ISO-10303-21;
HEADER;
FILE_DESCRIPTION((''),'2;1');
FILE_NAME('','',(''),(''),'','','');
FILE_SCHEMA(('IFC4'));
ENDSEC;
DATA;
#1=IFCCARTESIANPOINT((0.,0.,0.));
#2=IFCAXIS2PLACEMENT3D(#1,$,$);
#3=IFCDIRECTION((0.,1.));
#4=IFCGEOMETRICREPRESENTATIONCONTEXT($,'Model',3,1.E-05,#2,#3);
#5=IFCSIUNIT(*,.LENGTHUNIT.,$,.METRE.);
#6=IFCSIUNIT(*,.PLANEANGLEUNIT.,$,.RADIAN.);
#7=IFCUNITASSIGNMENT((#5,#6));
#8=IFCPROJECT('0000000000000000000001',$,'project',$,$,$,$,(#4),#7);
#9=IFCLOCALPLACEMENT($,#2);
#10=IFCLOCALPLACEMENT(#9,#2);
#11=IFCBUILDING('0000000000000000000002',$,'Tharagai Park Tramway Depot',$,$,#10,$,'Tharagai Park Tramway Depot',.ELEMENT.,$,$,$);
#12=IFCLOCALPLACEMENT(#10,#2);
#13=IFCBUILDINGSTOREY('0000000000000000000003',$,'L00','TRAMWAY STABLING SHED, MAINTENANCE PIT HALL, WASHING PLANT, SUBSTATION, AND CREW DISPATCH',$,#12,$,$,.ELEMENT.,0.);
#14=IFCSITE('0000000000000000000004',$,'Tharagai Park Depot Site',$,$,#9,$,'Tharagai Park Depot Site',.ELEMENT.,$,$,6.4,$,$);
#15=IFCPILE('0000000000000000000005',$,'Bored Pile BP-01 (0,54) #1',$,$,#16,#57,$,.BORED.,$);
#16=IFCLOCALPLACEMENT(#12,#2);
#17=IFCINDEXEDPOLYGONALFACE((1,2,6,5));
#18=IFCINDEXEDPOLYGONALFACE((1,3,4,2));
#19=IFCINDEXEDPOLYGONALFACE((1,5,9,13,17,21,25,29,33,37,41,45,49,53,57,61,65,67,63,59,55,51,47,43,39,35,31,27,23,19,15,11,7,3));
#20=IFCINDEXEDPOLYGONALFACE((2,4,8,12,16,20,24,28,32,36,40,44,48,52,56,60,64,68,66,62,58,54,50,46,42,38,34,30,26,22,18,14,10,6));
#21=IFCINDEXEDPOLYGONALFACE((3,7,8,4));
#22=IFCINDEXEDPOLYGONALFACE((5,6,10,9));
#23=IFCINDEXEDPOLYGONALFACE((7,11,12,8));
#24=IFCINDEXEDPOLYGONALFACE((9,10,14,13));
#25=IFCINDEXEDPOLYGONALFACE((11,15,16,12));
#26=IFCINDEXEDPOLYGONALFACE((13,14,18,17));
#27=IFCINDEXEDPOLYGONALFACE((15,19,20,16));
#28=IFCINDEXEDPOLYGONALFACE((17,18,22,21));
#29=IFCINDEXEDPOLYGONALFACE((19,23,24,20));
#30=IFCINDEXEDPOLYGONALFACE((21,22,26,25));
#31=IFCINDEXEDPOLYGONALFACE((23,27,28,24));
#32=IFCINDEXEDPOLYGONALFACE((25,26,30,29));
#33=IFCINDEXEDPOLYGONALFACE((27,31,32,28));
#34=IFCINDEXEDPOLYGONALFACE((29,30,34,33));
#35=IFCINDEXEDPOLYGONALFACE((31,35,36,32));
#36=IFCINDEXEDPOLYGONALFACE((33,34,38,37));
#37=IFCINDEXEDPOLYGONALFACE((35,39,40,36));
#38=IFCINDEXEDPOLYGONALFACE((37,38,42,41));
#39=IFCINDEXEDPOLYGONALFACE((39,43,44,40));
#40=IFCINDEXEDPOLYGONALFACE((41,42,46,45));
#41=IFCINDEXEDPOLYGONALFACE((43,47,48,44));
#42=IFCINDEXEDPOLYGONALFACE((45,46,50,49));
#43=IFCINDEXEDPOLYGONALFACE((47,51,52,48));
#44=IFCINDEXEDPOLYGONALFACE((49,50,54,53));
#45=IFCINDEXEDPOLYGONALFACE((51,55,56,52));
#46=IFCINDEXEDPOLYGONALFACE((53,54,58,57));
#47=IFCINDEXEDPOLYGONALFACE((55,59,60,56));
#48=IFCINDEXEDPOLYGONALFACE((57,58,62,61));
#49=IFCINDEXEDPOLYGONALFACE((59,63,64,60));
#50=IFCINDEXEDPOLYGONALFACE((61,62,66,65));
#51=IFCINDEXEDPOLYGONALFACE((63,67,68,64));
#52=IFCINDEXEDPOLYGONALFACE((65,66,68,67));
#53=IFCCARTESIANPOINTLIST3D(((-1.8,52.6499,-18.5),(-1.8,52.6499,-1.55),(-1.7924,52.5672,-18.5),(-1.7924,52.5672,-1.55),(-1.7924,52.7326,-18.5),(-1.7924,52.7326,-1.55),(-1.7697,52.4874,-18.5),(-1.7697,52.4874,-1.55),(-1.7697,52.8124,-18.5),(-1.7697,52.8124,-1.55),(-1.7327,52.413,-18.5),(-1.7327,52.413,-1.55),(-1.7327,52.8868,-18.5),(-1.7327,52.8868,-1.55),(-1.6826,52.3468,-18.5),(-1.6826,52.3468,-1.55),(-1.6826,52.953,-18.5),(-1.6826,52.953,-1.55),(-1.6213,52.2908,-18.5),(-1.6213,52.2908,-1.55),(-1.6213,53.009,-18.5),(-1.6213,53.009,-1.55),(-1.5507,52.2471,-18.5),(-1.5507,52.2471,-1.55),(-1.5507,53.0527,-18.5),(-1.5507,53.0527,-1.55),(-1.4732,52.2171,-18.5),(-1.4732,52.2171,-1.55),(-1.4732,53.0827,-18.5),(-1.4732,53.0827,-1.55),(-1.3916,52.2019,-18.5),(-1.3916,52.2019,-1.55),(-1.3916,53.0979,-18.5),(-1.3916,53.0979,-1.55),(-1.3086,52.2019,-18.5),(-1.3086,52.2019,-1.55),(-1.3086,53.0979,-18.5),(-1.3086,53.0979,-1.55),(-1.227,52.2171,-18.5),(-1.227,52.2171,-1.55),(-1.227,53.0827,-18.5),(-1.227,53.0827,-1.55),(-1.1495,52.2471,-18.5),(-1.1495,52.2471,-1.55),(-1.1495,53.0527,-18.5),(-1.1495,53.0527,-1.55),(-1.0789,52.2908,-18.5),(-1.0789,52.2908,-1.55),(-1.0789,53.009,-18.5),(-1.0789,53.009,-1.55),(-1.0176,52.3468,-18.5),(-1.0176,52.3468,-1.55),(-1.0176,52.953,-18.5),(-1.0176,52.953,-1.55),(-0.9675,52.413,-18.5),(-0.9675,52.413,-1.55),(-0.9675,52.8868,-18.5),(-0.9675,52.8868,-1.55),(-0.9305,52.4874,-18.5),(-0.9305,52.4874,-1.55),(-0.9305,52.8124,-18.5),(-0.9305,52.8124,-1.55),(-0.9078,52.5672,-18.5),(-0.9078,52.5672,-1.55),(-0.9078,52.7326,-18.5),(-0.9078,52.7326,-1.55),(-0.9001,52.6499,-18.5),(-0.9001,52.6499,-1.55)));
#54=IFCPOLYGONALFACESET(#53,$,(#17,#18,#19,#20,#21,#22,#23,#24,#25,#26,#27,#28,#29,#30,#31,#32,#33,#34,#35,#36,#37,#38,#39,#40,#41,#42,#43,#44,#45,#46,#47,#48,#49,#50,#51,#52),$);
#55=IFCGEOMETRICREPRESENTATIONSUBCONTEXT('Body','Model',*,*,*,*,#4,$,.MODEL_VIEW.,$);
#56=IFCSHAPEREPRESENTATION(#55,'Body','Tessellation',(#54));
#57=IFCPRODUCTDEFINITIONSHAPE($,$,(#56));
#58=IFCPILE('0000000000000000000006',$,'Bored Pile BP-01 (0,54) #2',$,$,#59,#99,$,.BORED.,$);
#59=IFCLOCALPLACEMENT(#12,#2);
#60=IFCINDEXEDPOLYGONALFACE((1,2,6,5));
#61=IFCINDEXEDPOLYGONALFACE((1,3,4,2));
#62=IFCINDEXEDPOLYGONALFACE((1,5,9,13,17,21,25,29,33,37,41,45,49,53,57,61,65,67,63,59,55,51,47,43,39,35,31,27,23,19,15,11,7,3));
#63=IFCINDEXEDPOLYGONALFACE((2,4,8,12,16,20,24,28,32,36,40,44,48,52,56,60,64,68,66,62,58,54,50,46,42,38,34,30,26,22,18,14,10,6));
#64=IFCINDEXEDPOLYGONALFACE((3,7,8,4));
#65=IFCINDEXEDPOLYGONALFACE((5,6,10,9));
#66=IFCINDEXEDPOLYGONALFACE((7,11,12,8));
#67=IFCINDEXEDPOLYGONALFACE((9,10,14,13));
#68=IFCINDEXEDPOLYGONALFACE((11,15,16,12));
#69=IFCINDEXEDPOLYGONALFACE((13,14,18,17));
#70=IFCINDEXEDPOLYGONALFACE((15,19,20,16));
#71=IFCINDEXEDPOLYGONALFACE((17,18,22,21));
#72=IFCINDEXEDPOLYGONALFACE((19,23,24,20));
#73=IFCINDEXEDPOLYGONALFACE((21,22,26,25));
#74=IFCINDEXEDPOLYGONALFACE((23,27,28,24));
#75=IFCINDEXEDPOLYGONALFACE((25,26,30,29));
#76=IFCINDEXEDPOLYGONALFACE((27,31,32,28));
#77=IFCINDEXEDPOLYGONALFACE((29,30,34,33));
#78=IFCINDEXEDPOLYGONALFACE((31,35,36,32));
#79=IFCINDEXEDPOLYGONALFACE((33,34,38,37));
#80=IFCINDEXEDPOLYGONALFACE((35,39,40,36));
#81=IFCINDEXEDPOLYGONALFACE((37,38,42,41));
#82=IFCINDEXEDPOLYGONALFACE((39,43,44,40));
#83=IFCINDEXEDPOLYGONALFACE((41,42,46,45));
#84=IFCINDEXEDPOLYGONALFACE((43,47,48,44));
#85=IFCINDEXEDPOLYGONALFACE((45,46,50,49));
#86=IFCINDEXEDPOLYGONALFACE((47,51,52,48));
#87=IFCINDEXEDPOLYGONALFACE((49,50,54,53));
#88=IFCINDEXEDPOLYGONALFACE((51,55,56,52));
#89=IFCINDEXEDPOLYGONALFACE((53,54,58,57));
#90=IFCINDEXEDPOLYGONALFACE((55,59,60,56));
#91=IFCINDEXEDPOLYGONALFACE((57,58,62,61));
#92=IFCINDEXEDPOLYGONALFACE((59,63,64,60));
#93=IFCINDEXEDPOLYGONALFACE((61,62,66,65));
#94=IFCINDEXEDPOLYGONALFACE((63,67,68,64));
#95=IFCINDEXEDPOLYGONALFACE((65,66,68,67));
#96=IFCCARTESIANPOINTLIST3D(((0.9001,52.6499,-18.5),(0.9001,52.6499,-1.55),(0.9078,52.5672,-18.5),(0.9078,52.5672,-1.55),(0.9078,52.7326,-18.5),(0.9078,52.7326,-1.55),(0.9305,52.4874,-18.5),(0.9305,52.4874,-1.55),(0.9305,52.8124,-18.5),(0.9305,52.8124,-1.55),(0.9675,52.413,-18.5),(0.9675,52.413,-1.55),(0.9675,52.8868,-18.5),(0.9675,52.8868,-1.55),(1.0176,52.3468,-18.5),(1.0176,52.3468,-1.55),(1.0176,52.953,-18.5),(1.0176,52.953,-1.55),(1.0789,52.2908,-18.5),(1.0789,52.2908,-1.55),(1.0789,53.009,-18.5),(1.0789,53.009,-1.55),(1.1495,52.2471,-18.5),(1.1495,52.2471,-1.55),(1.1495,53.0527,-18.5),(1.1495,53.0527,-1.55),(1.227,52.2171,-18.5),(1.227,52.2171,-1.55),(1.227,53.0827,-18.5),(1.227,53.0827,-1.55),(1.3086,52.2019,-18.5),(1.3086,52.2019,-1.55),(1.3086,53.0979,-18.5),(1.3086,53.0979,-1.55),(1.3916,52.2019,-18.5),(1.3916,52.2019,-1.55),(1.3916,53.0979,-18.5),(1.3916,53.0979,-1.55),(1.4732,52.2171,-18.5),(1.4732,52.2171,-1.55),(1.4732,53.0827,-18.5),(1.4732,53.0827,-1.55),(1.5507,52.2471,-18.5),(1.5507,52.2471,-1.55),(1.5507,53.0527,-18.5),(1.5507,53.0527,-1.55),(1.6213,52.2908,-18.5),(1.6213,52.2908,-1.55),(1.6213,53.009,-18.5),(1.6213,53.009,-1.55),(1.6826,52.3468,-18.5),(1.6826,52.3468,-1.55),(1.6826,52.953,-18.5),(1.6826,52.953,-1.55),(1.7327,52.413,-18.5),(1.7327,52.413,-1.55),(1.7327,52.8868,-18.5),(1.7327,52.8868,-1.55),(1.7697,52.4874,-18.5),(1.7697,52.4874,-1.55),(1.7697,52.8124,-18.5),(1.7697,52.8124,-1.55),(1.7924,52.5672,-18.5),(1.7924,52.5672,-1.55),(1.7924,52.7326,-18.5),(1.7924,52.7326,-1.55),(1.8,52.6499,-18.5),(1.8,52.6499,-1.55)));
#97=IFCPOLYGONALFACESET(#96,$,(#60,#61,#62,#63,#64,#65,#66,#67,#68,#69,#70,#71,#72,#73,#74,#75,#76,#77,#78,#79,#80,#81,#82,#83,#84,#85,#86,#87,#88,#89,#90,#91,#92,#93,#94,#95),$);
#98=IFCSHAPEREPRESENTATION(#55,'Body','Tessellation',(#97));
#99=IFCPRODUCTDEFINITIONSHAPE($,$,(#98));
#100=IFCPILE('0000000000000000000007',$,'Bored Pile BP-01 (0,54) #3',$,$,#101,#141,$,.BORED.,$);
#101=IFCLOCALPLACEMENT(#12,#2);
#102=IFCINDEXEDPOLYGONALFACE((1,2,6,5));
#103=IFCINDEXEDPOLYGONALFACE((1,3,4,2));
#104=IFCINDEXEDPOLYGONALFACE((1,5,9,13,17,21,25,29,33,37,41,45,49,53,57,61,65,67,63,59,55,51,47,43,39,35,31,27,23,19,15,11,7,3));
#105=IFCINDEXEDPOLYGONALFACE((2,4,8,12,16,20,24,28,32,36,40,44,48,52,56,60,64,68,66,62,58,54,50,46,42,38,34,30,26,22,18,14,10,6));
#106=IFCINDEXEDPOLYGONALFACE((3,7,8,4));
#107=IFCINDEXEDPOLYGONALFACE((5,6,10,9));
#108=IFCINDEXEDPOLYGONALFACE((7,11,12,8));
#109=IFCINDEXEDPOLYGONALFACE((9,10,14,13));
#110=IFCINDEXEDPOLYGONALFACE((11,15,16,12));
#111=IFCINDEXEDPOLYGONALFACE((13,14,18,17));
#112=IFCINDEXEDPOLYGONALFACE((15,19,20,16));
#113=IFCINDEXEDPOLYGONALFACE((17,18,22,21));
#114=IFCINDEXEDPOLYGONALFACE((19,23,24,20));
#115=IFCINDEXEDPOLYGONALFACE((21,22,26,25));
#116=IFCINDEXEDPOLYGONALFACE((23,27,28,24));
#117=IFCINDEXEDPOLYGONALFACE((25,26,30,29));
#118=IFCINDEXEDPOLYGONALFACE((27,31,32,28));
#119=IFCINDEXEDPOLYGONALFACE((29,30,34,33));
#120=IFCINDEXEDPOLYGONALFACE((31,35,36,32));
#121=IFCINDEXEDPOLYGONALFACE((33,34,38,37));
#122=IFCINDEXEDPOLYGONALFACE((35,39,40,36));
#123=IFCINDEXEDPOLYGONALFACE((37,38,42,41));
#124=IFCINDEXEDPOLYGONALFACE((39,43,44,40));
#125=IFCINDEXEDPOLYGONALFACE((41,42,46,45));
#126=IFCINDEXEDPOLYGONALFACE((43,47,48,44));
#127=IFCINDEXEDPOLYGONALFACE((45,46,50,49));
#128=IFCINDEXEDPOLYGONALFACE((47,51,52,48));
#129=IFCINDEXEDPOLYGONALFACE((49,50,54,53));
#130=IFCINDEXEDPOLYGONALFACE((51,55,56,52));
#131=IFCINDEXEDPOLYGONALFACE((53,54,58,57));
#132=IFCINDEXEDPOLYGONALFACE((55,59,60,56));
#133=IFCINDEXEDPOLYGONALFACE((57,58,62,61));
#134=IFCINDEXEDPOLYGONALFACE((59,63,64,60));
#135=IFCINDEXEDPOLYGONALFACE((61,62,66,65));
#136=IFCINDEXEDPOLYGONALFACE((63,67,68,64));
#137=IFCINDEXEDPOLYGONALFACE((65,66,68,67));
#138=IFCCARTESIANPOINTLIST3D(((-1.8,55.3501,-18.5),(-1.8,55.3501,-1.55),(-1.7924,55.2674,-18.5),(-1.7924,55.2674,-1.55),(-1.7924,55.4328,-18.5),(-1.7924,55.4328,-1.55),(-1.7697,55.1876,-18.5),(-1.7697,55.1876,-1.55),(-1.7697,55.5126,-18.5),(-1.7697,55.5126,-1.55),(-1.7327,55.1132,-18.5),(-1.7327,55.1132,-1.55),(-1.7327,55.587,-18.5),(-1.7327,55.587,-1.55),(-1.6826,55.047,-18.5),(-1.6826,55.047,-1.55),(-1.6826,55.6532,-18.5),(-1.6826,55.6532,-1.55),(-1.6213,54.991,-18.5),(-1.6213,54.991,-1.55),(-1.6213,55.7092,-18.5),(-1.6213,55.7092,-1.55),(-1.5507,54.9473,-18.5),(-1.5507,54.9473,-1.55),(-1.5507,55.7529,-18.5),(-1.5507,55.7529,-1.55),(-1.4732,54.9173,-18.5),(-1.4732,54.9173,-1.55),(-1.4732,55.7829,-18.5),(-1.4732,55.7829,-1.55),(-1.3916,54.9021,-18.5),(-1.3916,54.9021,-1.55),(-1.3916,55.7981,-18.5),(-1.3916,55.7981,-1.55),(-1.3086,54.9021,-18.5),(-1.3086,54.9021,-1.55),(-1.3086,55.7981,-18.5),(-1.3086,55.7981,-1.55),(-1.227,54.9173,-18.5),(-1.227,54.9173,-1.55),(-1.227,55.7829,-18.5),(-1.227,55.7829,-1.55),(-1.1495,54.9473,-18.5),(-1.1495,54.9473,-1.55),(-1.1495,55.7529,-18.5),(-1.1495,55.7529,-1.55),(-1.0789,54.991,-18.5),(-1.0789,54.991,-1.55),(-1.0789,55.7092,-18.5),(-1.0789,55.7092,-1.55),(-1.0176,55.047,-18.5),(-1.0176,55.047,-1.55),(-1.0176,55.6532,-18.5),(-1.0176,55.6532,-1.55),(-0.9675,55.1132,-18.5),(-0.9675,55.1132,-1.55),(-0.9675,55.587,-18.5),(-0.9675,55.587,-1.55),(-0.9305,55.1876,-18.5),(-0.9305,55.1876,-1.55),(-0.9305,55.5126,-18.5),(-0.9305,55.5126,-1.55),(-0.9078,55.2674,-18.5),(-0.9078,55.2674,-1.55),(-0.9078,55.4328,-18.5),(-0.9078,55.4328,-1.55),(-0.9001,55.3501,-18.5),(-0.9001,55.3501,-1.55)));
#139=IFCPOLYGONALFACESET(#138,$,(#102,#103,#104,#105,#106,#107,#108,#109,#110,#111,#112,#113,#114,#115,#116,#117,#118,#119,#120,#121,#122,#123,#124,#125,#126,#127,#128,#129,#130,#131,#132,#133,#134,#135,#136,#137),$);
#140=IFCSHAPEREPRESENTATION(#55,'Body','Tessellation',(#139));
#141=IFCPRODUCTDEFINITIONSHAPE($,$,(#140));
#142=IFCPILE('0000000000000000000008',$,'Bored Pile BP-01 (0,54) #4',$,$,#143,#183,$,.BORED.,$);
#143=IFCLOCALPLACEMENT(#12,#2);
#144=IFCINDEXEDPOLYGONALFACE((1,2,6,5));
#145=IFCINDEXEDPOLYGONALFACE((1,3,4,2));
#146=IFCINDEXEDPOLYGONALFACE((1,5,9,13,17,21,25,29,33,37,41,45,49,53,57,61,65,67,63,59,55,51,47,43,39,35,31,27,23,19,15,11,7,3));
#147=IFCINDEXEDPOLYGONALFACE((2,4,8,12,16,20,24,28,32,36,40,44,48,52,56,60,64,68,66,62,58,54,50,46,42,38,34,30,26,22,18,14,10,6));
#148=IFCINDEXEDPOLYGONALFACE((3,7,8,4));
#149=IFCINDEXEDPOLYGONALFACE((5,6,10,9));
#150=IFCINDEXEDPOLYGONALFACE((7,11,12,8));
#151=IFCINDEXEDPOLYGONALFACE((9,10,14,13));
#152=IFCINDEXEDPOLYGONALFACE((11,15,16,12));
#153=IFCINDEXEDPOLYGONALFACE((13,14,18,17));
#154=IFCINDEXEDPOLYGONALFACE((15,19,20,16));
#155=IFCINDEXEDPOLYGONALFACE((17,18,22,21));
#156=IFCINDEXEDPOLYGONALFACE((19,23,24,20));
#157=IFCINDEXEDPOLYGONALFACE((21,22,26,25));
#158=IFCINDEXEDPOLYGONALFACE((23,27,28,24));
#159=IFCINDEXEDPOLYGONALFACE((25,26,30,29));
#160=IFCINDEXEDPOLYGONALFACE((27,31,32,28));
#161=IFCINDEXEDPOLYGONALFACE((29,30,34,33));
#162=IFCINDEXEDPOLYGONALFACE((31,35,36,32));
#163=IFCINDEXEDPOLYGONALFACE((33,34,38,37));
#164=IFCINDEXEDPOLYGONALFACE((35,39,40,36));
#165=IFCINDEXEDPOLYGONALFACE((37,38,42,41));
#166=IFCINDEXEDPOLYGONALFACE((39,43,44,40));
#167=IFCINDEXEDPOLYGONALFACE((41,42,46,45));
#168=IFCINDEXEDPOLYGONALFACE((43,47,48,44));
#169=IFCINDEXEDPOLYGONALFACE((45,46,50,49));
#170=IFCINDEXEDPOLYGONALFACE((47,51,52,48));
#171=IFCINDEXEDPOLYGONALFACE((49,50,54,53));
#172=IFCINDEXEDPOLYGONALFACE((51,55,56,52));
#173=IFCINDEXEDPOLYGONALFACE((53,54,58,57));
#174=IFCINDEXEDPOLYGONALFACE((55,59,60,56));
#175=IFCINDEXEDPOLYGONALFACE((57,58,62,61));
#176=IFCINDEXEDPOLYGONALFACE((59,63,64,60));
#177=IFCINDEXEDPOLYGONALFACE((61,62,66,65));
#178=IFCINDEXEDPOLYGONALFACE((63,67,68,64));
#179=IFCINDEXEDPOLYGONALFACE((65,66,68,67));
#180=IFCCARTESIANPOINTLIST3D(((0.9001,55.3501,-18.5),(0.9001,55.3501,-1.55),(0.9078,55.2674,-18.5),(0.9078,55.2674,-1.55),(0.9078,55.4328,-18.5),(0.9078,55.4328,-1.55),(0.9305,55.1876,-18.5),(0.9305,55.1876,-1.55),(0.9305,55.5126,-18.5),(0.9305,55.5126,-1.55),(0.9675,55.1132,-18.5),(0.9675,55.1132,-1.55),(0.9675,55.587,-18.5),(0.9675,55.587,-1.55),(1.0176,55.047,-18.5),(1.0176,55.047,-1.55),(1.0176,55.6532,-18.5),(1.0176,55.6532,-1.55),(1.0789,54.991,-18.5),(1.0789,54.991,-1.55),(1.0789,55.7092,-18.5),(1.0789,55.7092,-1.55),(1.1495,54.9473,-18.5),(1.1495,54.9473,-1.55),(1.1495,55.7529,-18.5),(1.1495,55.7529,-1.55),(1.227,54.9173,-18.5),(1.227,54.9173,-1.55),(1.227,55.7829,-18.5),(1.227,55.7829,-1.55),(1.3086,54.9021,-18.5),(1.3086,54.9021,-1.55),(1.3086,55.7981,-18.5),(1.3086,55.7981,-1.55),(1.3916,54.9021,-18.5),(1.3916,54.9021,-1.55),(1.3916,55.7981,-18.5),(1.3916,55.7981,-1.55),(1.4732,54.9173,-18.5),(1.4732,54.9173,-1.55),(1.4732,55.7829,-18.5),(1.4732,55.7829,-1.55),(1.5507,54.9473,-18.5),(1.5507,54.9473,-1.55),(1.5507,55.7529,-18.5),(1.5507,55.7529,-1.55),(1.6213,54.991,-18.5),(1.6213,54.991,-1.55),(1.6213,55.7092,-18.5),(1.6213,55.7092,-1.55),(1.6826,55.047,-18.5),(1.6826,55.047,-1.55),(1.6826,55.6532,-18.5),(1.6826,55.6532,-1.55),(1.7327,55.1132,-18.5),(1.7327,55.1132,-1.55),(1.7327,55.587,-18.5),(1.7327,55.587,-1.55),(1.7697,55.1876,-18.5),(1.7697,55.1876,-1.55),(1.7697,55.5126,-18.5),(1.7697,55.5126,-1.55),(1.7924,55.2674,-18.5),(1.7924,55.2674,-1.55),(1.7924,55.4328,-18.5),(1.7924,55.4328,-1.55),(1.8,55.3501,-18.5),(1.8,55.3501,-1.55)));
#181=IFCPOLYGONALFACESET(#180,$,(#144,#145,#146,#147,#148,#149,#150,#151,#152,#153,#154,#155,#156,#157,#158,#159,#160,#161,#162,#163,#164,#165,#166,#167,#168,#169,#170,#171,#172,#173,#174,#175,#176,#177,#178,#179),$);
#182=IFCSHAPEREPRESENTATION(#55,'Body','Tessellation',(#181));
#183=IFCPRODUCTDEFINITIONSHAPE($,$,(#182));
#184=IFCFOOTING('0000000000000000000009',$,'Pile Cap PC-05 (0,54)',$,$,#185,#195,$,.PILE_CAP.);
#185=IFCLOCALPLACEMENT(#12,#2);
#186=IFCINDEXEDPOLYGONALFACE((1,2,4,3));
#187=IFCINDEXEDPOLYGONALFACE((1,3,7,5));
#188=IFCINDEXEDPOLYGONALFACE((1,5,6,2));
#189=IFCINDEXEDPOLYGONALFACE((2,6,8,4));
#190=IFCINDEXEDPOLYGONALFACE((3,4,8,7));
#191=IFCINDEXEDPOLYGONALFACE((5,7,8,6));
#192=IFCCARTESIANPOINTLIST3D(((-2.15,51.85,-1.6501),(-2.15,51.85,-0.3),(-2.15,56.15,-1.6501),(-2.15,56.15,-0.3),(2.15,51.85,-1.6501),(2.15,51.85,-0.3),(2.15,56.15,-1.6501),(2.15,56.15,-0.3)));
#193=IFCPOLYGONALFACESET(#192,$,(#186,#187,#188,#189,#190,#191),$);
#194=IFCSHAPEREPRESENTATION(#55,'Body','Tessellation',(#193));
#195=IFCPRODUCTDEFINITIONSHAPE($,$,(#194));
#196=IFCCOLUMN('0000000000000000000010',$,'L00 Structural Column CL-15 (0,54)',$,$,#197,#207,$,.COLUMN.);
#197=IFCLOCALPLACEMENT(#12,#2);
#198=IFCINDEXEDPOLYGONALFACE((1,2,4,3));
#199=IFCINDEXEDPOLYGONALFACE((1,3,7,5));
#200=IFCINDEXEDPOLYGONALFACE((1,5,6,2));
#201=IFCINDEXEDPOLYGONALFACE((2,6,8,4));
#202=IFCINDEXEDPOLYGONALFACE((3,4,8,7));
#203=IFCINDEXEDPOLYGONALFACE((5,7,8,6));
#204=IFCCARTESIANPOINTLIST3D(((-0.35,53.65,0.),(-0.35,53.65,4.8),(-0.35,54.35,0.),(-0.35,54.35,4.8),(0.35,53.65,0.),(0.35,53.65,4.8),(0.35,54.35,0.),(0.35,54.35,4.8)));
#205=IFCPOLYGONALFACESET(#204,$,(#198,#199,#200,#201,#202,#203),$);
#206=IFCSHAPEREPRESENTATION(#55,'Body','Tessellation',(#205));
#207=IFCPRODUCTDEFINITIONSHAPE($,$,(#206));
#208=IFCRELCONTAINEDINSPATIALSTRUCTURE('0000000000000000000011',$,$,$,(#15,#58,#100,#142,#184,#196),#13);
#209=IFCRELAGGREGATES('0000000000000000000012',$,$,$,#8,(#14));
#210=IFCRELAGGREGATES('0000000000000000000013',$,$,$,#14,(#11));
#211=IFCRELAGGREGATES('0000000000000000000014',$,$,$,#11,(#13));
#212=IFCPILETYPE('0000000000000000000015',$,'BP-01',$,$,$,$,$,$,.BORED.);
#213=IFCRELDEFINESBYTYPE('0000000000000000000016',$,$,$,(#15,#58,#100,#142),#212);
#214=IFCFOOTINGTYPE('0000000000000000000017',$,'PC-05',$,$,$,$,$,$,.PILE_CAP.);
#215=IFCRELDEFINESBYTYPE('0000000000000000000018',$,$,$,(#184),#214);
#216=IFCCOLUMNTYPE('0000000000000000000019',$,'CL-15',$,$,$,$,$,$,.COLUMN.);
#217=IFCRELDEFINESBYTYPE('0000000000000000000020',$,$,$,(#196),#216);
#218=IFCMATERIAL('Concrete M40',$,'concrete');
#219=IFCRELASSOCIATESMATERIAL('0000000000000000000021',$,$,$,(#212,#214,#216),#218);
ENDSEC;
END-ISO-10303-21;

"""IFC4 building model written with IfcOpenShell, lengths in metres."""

from ifc_helpers import new_model, si_unit, direction, frame, origin, origin_2d, place, context, subcontext, project, spatial, rectangle, circle, extrude, material, material_profile, profile_set, type_object, element, save


model = new_model("IFC4")

# Units and contexts
model_context = context("Model", 3, precision=1e-05, world=origin(), true_north=direction((0.0, 1.0)))
body_context = subcontext(model_context, "Body", "Model", "MODEL_VIEW")
ifc_project = project(units=[si_unit("LENGTHUNIT", "METRE"), si_unit("PLANEANGLEUNIT", "RADIAN")], contexts=[model_context])

# Site, building, storey
site_placement = place(None, origin())
site = spatial("IfcSite", under=ifc_project, at=site_placement, Name="Tharagai Park Depot Site", LongName="Tharagai Park Depot Site", CompositionType="ELEMENT", RefElevation=6.4)
building_placement = place(site_placement, origin())
building = spatial("IfcBuilding", under=site, at=building_placement, Name="Tharagai Park Tramway Depot", LongName="Tharagai Park Tramway Depot", CompositionType="ELEMENT")
storey_placement = place(building_placement, origin())
storey = spatial("IfcBuildingStorey", under=building, at=storey_placement, Name="L00", Description="TRAMWAY STABLING SHED, MAINTENANCE PIT HALL, WASHING PLANT, SUBSTATION, AND CREW DISPATCH", CompositionType="ELEMENT", Elevation=0.0)

# Piles
ifc_material_1 = material(Name="Concrete M40", Category="concrete")
ifc_material_profile_1 = material_profile(ifc_material_1, circle(Radius=0.45, at=origin_2d()), Name="PILE D900")
ifc_profile_set_1 = profile_set([ifc_material_profile_1], Name="Concrete M40")
pile_type = type_object("IfcPileType", Name="BP-01", PredefinedType="BORED", material=ifc_profile_set_1)
for number, where, z_axis, x_axis, name in (
    (1, (-1.3501, 52.6499, -1.55), (0.0, 0.0, -1.0), (1.0, 0.0, 0.0), "Bored Pile BP-01 (0,54) #1"),
    (2, (1.3501, 52.6499, -1.55), (0.0, 0.0, -1.0), (1.0, 0.0, 0.0), "Bored Pile BP-01 (0,54) #2"),
    (3, (-1.3501, 55.3501, -1.55), (0.0, 0.0, -1.0), (1.0, 0.0, 0.0), "Bored Pile BP-01 (0,54) #3"),
    (4, (1.3501, 55.3501, -1.55), (0.0, 0.0, -1.0), (1.0, 0.0, 0.0), "Bored Pile BP-01 (0,54) #4"),
):
    element("IfcPile", number, at=place(storey_placement, frame(where, z_axis=z_axis, x_axis=x_axis)), inside=storey, type_object=pile_type, Name=name, PredefinedType="BORED", context=body_context, shape_type="SweptSolid", body=[
        extrude(circle(Radius=0.45, at=origin_2d()), origin(), (0.0, 0.0, 1.0), 16.95),
    ])

# Footing
footing_type = type_object("IfcFootingType", Name="PC-05", PredefinedType="PILE_CAP", material=ifc_material_1)
footing_placement = place(storey_placement, frame((0.0, 54.0, -1.6501), z_axis=(0.0, 0.0, 1.0), x_axis=(1.0, 0.0, 0.0)))
element("IfcFooting", 5, at=footing_placement, inside=storey, type_object=footing_type, Name="Pile Cap PC-05 (0,54)", PredefinedType="PILE_CAP", context=body_context, shape_type="SweptSolid", body=[
    extrude(rectangle(XDim=4.3, YDim=4.3, at=origin_2d()), origin(), (0.0, 0.0, 1.0), 1.3501),
])

# Column
ifc_material_profile_2 = material_profile(ifc_material_1, rectangle(XDim=0.7, YDim=0.7, at=origin_2d()), Name="RC 700x700")
ifc_profile_set_2 = profile_set([ifc_material_profile_2], Name="Concrete M40")
column_type_1 = type_object("IfcColumnType", Name="CL-15", PredefinedType="COLUMN", material=ifc_profile_set_2)
column_1_placement = place(storey_placement, frame((0.0, 54.0, 0.0), z_axis=(0.0, 0.0, 1.0), x_axis=(1.0, 0.0, 0.0)))
element("IfcColumn", 6, at=column_1_placement, inside=storey, type_object=column_type_1, Name="L00 Structural Column CL-15 (0,54)", PredefinedType="COLUMN", context=body_context, shape_type="SweptSolid", body=[
    extrude(rectangle(XDim=0.7, YDim=0.7, at=origin_2d()), origin(), (0.0, 0.0, 1.0), 4.8),
])

save(model, "model.ifc")
